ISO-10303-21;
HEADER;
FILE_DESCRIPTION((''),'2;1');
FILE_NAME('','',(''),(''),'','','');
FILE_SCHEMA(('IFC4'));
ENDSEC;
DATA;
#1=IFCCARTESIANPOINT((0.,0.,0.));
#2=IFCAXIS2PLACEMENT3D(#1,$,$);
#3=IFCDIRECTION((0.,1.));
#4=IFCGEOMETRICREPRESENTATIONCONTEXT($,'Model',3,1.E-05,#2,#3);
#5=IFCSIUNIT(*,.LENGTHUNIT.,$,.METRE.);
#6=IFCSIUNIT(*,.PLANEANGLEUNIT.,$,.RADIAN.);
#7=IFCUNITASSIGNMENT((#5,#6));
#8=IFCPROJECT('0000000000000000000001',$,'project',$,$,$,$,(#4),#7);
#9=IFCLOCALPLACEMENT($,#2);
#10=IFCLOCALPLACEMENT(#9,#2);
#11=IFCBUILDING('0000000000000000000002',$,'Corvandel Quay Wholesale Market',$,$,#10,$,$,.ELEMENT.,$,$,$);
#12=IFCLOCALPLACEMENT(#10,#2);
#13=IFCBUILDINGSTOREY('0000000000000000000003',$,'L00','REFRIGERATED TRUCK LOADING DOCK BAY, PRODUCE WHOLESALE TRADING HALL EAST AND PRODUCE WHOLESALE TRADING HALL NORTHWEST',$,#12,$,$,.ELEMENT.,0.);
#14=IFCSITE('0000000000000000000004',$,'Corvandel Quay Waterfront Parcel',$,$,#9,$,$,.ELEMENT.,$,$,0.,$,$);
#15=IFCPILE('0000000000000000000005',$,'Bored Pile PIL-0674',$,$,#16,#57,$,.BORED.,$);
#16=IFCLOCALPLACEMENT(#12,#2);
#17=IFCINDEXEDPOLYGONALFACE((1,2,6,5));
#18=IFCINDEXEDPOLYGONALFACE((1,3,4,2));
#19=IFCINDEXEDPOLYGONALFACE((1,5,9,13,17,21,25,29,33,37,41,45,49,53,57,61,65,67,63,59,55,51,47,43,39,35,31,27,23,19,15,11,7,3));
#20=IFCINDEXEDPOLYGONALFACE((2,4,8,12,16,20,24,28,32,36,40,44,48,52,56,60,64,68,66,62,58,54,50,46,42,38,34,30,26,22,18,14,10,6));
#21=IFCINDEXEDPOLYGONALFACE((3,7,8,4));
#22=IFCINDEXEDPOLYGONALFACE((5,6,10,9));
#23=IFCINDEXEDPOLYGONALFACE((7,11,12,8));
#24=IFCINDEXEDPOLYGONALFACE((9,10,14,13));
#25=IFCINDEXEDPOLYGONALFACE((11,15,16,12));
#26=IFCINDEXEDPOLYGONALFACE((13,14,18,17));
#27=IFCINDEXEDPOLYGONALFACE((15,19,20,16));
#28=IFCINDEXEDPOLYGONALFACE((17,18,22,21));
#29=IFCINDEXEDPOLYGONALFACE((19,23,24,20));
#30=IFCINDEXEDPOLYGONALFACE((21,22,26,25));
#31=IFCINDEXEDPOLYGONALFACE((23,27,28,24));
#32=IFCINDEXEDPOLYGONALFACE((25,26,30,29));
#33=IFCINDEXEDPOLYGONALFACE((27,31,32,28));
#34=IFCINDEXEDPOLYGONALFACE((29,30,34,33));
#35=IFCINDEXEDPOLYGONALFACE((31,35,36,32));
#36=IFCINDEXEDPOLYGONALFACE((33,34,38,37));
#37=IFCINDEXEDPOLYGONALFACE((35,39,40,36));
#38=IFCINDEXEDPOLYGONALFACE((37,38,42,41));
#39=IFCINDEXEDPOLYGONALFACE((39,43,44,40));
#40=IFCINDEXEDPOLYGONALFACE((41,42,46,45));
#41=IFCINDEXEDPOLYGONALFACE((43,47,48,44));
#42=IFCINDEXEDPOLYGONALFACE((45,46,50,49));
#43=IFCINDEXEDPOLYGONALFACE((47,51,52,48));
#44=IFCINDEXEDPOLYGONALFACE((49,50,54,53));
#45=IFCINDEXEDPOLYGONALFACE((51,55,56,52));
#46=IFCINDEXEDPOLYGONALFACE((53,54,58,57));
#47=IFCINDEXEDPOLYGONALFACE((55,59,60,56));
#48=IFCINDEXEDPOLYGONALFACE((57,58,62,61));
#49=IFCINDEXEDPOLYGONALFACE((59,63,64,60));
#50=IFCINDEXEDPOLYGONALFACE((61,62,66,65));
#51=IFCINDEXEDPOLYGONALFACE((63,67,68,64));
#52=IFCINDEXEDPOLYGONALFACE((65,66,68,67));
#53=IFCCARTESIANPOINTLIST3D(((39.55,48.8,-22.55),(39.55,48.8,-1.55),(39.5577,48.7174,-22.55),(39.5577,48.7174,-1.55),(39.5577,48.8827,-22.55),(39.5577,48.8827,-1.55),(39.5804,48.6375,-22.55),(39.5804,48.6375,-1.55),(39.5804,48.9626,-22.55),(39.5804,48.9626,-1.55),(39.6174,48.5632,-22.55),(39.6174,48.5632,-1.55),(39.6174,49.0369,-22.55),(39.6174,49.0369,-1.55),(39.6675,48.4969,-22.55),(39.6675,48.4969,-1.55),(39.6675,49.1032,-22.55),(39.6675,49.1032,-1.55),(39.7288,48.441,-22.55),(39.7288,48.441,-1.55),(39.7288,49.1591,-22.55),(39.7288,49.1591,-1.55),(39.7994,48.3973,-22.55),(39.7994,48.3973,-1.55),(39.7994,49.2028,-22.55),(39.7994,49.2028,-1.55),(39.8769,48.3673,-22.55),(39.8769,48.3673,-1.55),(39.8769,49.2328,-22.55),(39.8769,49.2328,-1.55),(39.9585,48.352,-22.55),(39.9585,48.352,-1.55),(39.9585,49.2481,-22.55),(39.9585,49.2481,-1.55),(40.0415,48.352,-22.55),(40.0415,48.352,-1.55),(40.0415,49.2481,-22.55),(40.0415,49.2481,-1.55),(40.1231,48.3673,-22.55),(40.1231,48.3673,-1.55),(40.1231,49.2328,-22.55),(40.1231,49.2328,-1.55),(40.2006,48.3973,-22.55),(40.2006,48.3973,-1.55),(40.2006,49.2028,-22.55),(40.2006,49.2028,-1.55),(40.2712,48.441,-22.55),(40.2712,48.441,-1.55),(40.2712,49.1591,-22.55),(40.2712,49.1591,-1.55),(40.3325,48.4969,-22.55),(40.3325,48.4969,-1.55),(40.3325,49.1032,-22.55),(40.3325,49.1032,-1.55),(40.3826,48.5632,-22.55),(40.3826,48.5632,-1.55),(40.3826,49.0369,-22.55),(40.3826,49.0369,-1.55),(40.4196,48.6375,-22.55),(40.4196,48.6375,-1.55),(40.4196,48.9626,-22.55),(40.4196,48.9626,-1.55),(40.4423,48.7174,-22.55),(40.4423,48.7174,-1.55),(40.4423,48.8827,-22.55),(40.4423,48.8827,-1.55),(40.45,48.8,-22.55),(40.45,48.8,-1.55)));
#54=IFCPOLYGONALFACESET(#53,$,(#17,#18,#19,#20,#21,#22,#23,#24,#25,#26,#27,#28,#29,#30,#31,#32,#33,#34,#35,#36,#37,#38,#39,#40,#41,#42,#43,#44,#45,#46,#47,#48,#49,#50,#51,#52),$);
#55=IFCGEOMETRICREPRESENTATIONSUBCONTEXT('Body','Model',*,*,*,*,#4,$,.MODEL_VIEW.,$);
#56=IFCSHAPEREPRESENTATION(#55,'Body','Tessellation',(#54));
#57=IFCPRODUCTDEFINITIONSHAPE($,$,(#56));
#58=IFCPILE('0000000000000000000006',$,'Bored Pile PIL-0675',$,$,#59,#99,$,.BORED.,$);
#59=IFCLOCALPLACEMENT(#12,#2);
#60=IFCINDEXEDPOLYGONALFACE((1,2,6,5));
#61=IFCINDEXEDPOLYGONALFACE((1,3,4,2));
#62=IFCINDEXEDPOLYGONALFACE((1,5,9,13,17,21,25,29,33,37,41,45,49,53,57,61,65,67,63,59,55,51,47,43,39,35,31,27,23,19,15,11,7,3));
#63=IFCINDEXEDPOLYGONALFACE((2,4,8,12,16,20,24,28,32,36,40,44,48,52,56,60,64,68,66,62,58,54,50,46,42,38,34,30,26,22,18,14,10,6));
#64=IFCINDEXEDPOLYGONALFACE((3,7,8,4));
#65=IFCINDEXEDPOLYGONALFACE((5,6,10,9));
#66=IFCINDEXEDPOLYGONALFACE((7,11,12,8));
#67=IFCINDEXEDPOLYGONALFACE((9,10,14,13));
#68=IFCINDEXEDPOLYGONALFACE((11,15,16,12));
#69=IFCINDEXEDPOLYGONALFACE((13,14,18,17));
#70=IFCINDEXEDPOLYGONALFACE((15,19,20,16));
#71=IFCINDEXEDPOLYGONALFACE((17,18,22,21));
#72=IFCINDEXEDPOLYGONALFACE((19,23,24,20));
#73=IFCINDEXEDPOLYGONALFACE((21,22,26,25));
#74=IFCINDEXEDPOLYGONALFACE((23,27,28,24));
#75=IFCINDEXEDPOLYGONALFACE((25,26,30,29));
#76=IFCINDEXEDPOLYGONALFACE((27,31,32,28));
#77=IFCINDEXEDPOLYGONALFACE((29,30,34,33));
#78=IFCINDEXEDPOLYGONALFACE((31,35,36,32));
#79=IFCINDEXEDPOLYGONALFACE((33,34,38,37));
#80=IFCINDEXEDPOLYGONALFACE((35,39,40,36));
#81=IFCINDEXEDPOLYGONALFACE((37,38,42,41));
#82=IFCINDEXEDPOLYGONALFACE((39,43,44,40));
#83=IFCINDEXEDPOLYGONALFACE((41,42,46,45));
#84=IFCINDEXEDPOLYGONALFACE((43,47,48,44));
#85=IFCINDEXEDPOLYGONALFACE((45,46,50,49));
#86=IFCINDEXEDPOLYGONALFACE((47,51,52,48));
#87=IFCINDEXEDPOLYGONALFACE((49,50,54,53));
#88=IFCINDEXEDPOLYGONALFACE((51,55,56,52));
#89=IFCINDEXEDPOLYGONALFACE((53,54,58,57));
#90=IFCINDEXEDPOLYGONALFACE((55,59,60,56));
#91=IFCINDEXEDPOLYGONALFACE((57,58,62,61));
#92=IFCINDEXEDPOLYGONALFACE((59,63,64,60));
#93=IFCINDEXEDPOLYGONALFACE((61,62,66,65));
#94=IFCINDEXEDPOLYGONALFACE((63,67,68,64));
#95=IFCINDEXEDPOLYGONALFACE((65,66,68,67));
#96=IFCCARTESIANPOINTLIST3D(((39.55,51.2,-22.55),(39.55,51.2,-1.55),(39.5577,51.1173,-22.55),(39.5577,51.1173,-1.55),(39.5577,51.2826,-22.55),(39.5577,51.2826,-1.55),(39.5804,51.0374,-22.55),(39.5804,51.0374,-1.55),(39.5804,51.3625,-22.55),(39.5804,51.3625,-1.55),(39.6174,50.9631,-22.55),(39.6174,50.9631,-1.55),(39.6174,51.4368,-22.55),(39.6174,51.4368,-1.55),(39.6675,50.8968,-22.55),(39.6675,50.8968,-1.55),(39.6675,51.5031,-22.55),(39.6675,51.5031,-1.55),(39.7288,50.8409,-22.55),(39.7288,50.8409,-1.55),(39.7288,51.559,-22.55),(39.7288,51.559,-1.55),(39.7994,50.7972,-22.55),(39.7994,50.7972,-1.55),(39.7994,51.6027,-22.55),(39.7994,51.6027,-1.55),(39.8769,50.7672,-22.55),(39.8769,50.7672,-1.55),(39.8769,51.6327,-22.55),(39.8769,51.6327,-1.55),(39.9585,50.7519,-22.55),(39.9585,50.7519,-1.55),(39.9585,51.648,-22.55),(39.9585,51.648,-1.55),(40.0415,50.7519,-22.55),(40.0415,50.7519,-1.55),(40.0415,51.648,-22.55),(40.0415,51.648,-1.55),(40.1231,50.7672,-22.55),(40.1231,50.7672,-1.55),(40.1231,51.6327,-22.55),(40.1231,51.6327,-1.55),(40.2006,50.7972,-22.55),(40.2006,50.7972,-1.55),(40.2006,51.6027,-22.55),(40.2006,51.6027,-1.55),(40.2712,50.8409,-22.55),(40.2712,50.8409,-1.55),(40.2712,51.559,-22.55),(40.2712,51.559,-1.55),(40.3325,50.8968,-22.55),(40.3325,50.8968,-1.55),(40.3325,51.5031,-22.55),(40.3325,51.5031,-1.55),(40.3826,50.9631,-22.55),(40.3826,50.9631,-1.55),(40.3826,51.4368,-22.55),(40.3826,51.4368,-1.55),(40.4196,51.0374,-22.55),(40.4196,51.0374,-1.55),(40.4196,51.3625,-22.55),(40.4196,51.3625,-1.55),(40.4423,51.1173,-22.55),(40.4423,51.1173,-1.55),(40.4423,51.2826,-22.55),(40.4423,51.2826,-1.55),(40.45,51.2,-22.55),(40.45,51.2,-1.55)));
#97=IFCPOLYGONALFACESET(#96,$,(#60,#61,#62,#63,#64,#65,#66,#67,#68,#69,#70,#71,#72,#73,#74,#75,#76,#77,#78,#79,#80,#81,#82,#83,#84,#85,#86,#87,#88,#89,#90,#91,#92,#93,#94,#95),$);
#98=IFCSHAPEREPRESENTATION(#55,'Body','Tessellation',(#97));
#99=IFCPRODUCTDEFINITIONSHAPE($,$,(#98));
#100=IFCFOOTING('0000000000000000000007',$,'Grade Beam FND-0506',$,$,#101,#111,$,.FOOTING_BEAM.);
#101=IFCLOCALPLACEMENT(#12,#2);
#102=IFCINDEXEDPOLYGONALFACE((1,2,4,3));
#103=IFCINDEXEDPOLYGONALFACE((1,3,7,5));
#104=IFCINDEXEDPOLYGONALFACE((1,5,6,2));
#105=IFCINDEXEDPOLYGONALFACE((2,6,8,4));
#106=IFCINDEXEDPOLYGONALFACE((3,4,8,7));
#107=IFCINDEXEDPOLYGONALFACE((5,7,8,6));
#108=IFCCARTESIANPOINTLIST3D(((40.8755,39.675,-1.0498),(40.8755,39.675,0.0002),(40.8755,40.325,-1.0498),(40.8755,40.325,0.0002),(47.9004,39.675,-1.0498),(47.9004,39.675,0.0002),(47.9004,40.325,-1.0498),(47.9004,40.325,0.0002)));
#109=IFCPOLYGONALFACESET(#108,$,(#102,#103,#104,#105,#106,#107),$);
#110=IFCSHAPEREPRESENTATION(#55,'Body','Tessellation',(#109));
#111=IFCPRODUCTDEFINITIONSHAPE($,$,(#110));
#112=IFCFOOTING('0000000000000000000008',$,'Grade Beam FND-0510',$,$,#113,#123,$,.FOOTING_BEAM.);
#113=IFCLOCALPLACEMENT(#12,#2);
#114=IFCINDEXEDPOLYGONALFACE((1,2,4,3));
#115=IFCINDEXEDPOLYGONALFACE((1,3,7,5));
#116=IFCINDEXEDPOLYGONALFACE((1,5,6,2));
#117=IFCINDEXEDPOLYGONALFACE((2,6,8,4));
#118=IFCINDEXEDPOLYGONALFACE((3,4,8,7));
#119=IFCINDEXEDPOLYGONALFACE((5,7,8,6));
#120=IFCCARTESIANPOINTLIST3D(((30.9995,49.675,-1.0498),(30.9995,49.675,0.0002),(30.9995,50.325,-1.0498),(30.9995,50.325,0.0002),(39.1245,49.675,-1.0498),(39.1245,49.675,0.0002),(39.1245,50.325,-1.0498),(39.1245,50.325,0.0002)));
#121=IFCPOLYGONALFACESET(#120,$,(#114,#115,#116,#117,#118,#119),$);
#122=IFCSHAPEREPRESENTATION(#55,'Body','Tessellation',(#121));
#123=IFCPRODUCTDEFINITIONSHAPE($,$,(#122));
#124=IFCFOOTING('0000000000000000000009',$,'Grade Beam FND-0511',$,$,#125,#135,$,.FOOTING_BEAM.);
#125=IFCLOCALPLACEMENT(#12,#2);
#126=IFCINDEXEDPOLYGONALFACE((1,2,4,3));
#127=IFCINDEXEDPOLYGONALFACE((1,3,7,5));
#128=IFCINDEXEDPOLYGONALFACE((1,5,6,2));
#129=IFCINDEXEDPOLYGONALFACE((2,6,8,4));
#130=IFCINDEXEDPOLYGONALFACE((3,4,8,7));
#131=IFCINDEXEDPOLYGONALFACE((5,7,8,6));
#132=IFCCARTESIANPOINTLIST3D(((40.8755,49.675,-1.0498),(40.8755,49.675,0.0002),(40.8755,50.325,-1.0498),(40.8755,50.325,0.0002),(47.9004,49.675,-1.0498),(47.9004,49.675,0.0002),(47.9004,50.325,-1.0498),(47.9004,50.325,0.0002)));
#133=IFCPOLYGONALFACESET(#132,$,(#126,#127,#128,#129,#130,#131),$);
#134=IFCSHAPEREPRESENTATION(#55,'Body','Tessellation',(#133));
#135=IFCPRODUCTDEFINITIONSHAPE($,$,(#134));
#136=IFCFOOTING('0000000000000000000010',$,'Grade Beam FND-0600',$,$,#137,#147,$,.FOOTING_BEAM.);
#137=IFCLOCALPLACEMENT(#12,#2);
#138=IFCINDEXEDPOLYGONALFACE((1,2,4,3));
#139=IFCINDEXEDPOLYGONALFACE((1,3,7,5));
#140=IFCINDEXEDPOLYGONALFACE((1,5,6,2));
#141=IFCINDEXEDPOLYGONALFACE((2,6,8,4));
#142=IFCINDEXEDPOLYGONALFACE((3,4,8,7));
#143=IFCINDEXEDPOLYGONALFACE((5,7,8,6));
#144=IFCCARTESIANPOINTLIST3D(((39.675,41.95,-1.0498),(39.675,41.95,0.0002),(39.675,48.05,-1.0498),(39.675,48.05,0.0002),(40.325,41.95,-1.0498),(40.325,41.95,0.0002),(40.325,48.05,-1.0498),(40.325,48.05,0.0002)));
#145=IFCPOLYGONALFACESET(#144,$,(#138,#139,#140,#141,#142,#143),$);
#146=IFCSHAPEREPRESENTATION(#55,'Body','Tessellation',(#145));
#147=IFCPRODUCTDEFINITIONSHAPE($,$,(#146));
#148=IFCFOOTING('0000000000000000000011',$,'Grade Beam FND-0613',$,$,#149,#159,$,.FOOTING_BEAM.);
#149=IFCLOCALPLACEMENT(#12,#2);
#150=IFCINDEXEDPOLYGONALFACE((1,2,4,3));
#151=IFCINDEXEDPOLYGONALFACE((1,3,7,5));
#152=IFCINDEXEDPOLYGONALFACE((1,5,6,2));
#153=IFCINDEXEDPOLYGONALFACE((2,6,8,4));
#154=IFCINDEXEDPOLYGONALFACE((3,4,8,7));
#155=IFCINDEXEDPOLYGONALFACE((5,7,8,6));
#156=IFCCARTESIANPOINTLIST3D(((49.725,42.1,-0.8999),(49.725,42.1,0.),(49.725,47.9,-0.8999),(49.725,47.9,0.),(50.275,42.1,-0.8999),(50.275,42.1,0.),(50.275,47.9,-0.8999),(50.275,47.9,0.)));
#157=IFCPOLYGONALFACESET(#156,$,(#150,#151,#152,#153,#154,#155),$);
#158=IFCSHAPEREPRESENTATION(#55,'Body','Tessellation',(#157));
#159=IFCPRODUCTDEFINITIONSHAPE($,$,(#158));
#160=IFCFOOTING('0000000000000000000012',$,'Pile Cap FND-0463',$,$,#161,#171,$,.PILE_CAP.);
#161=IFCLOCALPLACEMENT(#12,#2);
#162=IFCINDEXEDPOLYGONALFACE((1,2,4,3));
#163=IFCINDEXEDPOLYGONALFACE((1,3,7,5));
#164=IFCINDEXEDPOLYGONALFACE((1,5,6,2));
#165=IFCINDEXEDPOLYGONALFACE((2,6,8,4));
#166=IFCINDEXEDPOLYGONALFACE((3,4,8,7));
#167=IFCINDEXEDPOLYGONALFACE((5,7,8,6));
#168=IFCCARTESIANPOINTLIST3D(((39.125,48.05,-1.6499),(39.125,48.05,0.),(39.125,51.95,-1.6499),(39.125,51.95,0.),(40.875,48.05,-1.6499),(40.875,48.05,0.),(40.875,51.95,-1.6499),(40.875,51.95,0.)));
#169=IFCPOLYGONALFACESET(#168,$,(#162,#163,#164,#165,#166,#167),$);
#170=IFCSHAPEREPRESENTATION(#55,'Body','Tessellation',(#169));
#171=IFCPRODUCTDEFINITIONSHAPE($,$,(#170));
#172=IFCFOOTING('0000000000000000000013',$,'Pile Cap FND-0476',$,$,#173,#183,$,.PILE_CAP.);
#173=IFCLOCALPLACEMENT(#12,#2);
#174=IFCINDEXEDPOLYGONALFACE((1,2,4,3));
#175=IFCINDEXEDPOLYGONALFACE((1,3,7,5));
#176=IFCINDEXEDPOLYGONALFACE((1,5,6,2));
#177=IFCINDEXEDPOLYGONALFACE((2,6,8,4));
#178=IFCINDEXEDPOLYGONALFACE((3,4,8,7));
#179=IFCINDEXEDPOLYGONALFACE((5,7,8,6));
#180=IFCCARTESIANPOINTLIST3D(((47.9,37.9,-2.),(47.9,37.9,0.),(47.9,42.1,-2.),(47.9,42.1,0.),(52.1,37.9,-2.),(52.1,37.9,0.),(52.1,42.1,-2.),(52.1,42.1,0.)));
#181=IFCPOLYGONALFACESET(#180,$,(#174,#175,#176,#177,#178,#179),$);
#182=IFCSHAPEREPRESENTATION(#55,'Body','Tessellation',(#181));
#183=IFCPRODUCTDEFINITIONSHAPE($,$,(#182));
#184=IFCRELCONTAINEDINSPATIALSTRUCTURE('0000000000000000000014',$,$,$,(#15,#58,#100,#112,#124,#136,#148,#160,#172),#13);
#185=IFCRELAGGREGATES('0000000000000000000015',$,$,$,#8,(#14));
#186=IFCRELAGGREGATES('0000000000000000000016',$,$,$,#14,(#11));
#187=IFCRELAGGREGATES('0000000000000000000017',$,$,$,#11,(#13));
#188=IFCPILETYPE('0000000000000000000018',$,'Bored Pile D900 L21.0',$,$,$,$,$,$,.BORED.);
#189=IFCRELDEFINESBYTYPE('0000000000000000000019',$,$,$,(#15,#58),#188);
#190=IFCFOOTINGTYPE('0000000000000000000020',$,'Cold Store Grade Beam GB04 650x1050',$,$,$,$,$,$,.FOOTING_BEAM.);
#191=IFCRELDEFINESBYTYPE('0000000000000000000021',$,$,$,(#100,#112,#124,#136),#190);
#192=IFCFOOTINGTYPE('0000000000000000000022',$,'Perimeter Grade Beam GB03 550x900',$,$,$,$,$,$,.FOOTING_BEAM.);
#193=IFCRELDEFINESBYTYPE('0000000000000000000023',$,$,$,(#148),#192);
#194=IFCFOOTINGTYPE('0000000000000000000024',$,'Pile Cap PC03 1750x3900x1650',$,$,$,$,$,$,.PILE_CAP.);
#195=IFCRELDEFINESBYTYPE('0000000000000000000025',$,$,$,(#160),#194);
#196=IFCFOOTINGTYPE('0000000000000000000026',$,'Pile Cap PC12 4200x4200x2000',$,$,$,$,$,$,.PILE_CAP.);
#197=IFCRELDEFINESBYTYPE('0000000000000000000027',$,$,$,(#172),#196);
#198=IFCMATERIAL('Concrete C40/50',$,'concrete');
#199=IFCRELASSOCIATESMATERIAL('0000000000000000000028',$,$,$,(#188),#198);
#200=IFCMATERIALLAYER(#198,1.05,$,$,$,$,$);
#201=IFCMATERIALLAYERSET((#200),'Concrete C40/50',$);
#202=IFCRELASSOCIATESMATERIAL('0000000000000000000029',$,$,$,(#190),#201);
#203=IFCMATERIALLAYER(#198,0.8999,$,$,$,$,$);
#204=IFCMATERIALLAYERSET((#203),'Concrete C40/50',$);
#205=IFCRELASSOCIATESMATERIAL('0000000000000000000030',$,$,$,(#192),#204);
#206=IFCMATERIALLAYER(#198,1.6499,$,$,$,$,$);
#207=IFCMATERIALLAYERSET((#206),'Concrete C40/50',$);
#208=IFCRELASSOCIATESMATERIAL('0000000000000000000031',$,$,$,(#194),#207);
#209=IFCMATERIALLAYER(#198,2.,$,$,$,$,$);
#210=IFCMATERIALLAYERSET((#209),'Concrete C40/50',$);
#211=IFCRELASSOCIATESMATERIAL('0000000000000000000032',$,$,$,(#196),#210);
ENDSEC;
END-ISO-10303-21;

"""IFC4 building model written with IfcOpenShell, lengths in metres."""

from ifc_helpers import new_model, si_unit, direction, frame, origin, origin_2d, place, context, subcontext, project, spatial, rectangle, circle, extrude, material, layer, layer_set, material_profile, profile_set, type_object, element, save


model = new_model("IFC4")

# Units and contexts
model_context = context("Model", 3, precision=1e-05, world=origin(), true_north=direction((0.0, 1.0)))
body_context = subcontext(model_context, "Body", "Model", "MODEL_VIEW")
ifc_project = project(units=[si_unit("LENGTHUNIT", "METRE"), si_unit("PLANEANGLEUNIT", "RADIAN")], contexts=[model_context])

# Site, building, storey
site_placement = place(None, origin())
site = spatial("IfcSite", under=ifc_project, at=site_placement, Name="Corvandel Quay Waterfront Parcel", CompositionType="ELEMENT", RefElevation=0.0)
building_placement = place(site_placement, origin())
building = spatial("IfcBuilding", under=site, at=building_placement, Name="Corvandel Quay Wholesale Market", CompositionType="ELEMENT")
storey_placement = place(building_placement, origin())
storey = spatial("IfcBuildingStorey", under=building, at=storey_placement, Name="L00", Description="REFRIGERATED TRUCK LOADING DOCK BAY, PRODUCE WHOLESALE TRADING HALL EAST AND PRODUCE WHOLESALE TRADING HALL NORTHWEST", CompositionType="ELEMENT", Elevation=0.0)

# Piles
ifc_material_1 = material(Name="Concrete C40/50", Category="concrete")
ifc_material_profile_1 = material_profile(ifc_material_1, circle(Radius=0.45, at=origin_2d()), Name="RC-PILE-D900")
ifc_profile_set_1 = profile_set([ifc_material_profile_1], Name="Concrete C40/50")
pile_type_1 = type_object("IfcPileType", Name="Bored Pile D900 L21.0", PredefinedType="BORED", material=ifc_profile_set_1)
for number, where, z_axis, x_axis, name in (
    (1, (40.0, 48.8, -1.55), (0.0, 0.0, -1.0), (1.0, 0.0, 0.0), "Bored Pile PIL-0674"),
    (2, (40.0, 51.2, -1.55), (0.0, 0.0, -1.0), (1.0, 0.0, 0.0), "Bored Pile PIL-0675"),
):
    element("IfcPile", number, at=place(storey_placement, frame(where, z_axis=z_axis, x_axis=x_axis)), inside=storey, type_object=pile_type_1, Name=name, PredefinedType="BORED", context=body_context, shape_type="SweptSolid", body=[
        extrude(circle(Radius=0.45, at=origin_2d()), origin(), (0.0, 0.0, 1.0), 21.0),
    ])

# Footings
ifc_layer_1 = layer(ifc_material_1, 1.05)
ifc_layer_set_1 = layer_set([ifc_layer_1], Name="Concrete C40/50")
footing_type_1 = type_object("IfcFootingType", Name="Cold Store Grade Beam GB04 650x1050", PredefinedType="FOOTING_BEAM", material=ifc_layer_set_1)
footing_1_placement = place(storey_placement, frame((44.3879, 40.0, -1.0498), z_axis=(0.0, 0.0, 1.0), x_axis=(1.0, 0.0, 0.0)))
element("IfcFooting", 3, at=footing_1_placement, inside=storey, type_object=footing_type_1, Name="Grade Beam FND-0506", PredefinedType="FOOTING_BEAM", context=body_context, shape_type="SweptSolid", body=[
    extrude(rectangle(XDim=7.0249, YDim=0.6499, at=origin_2d()), origin(), (0.0, 0.0, 1.0), 1.05),
])
footing_2_placement = place(storey_placement, frame((35.062, 50.0, -1.0498), z_axis=(0.0, 0.0, 1.0), x_axis=(1.0, 0.0, 0.0)))
element("IfcFooting", 4, at=footing_2_placement, inside=storey, type_object=footing_type_1, Name="Grade Beam FND-0510", PredefinedType="FOOTING_BEAM", context=body_context, shape_type="SweptSolid", body=[
    extrude(rectangle(XDim=8.125, YDim=0.6499, at=origin_2d()), origin(), (0.0, 0.0, 1.0), 1.05),
])
footing_3_placement = place(storey_placement, frame((44.3879, 50.0, -1.0498), z_axis=(0.0, 0.0, 1.0), x_axis=(1.0, 0.0, 0.0)))
element("IfcFooting", 5, at=footing_3_placement, inside=storey, type_object=footing_type_1, Name="Grade Beam FND-0511", PredefinedType="FOOTING_BEAM", context=body_context, shape_type="SweptSolid", body=[
    extrude(rectangle(XDim=7.0249, YDim=0.6499, at=origin_2d()), origin(), (0.0, 0.0, 1.0), 1.05),
])
footing_4_placement = place(storey_placement, frame((40.0, 45.0, -1.0498), z_axis=(0.0, 0.0, 1.0), x_axis=(0.0, 1.0, 0.0)))
element("IfcFooting", 6, at=footing_4_placement, inside=storey, type_object=footing_type_1, Name="Grade Beam FND-0600", PredefinedType="FOOTING_BEAM", context=body_context, shape_type="SweptSolid", body=[
    extrude(rectangle(XDim=6.1001, YDim=0.6499, at=origin_2d()), origin(), (0.0, 0.0, 1.0), 1.05),
])
ifc_layer_2 = layer(ifc_material_1, 0.8999)
ifc_layer_set_2 = layer_set([ifc_layer_2], Name="Concrete C40/50")
footing_type_2 = type_object("IfcFootingType", Name="Perimeter Grade Beam GB03 550x900", PredefinedType="FOOTING_BEAM", material=ifc_layer_set_2)
footing_5_placement = place(storey_placement, frame((50.0, 45.0, -0.8999), z_axis=(0.0, 0.0, 1.0), x_axis=(0.0, 1.0, 0.0)))
element("IfcFooting", 7, at=footing_5_placement, inside=storey, type_object=footing_type_2, Name="Grade Beam FND-0613", PredefinedType="FOOTING_BEAM", context=body_context, shape_type="SweptSolid", body=[
    extrude(rectangle(XDim=5.8, YDim=0.55, at=origin_2d()), origin(), (0.0, 0.0, 1.0), 0.8999),
])
ifc_layer_3 = layer(ifc_material_1, 1.6499)
ifc_layer_set_3 = layer_set([ifc_layer_3], Name="Concrete C40/50")
footing_type_3 = type_object("IfcFootingType", Name="Pile Cap PC03 1750x3900x1650", PredefinedType="PILE_CAP", material=ifc_layer_set_3)
footing_6_placement = place(storey_placement, frame((40.0, 50.0, -1.6499), z_axis=(0.0, 0.0, 1.0), x_axis=(1.0, 0.0, 0.0)))
element("IfcFooting", 8, at=footing_6_placement, inside=storey, type_object=footing_type_3, Name="Pile Cap FND-0463", PredefinedType="PILE_CAP", context=body_context, shape_type="SweptSolid", body=[
    extrude(rectangle(XDim=1.75, YDim=3.8999, at=origin_2d()), origin(), (0.0, 0.0, 1.0), 1.6499),
])
ifc_layer_4 = layer(ifc_material_1, 2.0)
ifc_layer_set_4 = layer_set([ifc_layer_4], Name="Concrete C40/50")
footing_type_4 = type_object("IfcFootingType", Name="Pile Cap PC12 4200x4200x2000", PredefinedType="PILE_CAP", material=ifc_layer_set_4)
footing_7_placement = place(storey_placement, frame((50.0, 40.0, -2.0), z_axis=(0.0, 0.0, 1.0), x_axis=(1.0, 0.0, 0.0)))
element("IfcFooting", 9, at=footing_7_placement, inside=storey, type_object=footing_type_4, Name="Pile Cap FND-0476", PredefinedType="PILE_CAP", context=body_context, shape_type="SweptSolid", body=[
    extrude(rectangle(XDim=4.2, YDim=4.2, at=origin_2d()), origin(), (0.0, 0.0, 1.0), 2.0),
])

save(model, "model.ifc")
